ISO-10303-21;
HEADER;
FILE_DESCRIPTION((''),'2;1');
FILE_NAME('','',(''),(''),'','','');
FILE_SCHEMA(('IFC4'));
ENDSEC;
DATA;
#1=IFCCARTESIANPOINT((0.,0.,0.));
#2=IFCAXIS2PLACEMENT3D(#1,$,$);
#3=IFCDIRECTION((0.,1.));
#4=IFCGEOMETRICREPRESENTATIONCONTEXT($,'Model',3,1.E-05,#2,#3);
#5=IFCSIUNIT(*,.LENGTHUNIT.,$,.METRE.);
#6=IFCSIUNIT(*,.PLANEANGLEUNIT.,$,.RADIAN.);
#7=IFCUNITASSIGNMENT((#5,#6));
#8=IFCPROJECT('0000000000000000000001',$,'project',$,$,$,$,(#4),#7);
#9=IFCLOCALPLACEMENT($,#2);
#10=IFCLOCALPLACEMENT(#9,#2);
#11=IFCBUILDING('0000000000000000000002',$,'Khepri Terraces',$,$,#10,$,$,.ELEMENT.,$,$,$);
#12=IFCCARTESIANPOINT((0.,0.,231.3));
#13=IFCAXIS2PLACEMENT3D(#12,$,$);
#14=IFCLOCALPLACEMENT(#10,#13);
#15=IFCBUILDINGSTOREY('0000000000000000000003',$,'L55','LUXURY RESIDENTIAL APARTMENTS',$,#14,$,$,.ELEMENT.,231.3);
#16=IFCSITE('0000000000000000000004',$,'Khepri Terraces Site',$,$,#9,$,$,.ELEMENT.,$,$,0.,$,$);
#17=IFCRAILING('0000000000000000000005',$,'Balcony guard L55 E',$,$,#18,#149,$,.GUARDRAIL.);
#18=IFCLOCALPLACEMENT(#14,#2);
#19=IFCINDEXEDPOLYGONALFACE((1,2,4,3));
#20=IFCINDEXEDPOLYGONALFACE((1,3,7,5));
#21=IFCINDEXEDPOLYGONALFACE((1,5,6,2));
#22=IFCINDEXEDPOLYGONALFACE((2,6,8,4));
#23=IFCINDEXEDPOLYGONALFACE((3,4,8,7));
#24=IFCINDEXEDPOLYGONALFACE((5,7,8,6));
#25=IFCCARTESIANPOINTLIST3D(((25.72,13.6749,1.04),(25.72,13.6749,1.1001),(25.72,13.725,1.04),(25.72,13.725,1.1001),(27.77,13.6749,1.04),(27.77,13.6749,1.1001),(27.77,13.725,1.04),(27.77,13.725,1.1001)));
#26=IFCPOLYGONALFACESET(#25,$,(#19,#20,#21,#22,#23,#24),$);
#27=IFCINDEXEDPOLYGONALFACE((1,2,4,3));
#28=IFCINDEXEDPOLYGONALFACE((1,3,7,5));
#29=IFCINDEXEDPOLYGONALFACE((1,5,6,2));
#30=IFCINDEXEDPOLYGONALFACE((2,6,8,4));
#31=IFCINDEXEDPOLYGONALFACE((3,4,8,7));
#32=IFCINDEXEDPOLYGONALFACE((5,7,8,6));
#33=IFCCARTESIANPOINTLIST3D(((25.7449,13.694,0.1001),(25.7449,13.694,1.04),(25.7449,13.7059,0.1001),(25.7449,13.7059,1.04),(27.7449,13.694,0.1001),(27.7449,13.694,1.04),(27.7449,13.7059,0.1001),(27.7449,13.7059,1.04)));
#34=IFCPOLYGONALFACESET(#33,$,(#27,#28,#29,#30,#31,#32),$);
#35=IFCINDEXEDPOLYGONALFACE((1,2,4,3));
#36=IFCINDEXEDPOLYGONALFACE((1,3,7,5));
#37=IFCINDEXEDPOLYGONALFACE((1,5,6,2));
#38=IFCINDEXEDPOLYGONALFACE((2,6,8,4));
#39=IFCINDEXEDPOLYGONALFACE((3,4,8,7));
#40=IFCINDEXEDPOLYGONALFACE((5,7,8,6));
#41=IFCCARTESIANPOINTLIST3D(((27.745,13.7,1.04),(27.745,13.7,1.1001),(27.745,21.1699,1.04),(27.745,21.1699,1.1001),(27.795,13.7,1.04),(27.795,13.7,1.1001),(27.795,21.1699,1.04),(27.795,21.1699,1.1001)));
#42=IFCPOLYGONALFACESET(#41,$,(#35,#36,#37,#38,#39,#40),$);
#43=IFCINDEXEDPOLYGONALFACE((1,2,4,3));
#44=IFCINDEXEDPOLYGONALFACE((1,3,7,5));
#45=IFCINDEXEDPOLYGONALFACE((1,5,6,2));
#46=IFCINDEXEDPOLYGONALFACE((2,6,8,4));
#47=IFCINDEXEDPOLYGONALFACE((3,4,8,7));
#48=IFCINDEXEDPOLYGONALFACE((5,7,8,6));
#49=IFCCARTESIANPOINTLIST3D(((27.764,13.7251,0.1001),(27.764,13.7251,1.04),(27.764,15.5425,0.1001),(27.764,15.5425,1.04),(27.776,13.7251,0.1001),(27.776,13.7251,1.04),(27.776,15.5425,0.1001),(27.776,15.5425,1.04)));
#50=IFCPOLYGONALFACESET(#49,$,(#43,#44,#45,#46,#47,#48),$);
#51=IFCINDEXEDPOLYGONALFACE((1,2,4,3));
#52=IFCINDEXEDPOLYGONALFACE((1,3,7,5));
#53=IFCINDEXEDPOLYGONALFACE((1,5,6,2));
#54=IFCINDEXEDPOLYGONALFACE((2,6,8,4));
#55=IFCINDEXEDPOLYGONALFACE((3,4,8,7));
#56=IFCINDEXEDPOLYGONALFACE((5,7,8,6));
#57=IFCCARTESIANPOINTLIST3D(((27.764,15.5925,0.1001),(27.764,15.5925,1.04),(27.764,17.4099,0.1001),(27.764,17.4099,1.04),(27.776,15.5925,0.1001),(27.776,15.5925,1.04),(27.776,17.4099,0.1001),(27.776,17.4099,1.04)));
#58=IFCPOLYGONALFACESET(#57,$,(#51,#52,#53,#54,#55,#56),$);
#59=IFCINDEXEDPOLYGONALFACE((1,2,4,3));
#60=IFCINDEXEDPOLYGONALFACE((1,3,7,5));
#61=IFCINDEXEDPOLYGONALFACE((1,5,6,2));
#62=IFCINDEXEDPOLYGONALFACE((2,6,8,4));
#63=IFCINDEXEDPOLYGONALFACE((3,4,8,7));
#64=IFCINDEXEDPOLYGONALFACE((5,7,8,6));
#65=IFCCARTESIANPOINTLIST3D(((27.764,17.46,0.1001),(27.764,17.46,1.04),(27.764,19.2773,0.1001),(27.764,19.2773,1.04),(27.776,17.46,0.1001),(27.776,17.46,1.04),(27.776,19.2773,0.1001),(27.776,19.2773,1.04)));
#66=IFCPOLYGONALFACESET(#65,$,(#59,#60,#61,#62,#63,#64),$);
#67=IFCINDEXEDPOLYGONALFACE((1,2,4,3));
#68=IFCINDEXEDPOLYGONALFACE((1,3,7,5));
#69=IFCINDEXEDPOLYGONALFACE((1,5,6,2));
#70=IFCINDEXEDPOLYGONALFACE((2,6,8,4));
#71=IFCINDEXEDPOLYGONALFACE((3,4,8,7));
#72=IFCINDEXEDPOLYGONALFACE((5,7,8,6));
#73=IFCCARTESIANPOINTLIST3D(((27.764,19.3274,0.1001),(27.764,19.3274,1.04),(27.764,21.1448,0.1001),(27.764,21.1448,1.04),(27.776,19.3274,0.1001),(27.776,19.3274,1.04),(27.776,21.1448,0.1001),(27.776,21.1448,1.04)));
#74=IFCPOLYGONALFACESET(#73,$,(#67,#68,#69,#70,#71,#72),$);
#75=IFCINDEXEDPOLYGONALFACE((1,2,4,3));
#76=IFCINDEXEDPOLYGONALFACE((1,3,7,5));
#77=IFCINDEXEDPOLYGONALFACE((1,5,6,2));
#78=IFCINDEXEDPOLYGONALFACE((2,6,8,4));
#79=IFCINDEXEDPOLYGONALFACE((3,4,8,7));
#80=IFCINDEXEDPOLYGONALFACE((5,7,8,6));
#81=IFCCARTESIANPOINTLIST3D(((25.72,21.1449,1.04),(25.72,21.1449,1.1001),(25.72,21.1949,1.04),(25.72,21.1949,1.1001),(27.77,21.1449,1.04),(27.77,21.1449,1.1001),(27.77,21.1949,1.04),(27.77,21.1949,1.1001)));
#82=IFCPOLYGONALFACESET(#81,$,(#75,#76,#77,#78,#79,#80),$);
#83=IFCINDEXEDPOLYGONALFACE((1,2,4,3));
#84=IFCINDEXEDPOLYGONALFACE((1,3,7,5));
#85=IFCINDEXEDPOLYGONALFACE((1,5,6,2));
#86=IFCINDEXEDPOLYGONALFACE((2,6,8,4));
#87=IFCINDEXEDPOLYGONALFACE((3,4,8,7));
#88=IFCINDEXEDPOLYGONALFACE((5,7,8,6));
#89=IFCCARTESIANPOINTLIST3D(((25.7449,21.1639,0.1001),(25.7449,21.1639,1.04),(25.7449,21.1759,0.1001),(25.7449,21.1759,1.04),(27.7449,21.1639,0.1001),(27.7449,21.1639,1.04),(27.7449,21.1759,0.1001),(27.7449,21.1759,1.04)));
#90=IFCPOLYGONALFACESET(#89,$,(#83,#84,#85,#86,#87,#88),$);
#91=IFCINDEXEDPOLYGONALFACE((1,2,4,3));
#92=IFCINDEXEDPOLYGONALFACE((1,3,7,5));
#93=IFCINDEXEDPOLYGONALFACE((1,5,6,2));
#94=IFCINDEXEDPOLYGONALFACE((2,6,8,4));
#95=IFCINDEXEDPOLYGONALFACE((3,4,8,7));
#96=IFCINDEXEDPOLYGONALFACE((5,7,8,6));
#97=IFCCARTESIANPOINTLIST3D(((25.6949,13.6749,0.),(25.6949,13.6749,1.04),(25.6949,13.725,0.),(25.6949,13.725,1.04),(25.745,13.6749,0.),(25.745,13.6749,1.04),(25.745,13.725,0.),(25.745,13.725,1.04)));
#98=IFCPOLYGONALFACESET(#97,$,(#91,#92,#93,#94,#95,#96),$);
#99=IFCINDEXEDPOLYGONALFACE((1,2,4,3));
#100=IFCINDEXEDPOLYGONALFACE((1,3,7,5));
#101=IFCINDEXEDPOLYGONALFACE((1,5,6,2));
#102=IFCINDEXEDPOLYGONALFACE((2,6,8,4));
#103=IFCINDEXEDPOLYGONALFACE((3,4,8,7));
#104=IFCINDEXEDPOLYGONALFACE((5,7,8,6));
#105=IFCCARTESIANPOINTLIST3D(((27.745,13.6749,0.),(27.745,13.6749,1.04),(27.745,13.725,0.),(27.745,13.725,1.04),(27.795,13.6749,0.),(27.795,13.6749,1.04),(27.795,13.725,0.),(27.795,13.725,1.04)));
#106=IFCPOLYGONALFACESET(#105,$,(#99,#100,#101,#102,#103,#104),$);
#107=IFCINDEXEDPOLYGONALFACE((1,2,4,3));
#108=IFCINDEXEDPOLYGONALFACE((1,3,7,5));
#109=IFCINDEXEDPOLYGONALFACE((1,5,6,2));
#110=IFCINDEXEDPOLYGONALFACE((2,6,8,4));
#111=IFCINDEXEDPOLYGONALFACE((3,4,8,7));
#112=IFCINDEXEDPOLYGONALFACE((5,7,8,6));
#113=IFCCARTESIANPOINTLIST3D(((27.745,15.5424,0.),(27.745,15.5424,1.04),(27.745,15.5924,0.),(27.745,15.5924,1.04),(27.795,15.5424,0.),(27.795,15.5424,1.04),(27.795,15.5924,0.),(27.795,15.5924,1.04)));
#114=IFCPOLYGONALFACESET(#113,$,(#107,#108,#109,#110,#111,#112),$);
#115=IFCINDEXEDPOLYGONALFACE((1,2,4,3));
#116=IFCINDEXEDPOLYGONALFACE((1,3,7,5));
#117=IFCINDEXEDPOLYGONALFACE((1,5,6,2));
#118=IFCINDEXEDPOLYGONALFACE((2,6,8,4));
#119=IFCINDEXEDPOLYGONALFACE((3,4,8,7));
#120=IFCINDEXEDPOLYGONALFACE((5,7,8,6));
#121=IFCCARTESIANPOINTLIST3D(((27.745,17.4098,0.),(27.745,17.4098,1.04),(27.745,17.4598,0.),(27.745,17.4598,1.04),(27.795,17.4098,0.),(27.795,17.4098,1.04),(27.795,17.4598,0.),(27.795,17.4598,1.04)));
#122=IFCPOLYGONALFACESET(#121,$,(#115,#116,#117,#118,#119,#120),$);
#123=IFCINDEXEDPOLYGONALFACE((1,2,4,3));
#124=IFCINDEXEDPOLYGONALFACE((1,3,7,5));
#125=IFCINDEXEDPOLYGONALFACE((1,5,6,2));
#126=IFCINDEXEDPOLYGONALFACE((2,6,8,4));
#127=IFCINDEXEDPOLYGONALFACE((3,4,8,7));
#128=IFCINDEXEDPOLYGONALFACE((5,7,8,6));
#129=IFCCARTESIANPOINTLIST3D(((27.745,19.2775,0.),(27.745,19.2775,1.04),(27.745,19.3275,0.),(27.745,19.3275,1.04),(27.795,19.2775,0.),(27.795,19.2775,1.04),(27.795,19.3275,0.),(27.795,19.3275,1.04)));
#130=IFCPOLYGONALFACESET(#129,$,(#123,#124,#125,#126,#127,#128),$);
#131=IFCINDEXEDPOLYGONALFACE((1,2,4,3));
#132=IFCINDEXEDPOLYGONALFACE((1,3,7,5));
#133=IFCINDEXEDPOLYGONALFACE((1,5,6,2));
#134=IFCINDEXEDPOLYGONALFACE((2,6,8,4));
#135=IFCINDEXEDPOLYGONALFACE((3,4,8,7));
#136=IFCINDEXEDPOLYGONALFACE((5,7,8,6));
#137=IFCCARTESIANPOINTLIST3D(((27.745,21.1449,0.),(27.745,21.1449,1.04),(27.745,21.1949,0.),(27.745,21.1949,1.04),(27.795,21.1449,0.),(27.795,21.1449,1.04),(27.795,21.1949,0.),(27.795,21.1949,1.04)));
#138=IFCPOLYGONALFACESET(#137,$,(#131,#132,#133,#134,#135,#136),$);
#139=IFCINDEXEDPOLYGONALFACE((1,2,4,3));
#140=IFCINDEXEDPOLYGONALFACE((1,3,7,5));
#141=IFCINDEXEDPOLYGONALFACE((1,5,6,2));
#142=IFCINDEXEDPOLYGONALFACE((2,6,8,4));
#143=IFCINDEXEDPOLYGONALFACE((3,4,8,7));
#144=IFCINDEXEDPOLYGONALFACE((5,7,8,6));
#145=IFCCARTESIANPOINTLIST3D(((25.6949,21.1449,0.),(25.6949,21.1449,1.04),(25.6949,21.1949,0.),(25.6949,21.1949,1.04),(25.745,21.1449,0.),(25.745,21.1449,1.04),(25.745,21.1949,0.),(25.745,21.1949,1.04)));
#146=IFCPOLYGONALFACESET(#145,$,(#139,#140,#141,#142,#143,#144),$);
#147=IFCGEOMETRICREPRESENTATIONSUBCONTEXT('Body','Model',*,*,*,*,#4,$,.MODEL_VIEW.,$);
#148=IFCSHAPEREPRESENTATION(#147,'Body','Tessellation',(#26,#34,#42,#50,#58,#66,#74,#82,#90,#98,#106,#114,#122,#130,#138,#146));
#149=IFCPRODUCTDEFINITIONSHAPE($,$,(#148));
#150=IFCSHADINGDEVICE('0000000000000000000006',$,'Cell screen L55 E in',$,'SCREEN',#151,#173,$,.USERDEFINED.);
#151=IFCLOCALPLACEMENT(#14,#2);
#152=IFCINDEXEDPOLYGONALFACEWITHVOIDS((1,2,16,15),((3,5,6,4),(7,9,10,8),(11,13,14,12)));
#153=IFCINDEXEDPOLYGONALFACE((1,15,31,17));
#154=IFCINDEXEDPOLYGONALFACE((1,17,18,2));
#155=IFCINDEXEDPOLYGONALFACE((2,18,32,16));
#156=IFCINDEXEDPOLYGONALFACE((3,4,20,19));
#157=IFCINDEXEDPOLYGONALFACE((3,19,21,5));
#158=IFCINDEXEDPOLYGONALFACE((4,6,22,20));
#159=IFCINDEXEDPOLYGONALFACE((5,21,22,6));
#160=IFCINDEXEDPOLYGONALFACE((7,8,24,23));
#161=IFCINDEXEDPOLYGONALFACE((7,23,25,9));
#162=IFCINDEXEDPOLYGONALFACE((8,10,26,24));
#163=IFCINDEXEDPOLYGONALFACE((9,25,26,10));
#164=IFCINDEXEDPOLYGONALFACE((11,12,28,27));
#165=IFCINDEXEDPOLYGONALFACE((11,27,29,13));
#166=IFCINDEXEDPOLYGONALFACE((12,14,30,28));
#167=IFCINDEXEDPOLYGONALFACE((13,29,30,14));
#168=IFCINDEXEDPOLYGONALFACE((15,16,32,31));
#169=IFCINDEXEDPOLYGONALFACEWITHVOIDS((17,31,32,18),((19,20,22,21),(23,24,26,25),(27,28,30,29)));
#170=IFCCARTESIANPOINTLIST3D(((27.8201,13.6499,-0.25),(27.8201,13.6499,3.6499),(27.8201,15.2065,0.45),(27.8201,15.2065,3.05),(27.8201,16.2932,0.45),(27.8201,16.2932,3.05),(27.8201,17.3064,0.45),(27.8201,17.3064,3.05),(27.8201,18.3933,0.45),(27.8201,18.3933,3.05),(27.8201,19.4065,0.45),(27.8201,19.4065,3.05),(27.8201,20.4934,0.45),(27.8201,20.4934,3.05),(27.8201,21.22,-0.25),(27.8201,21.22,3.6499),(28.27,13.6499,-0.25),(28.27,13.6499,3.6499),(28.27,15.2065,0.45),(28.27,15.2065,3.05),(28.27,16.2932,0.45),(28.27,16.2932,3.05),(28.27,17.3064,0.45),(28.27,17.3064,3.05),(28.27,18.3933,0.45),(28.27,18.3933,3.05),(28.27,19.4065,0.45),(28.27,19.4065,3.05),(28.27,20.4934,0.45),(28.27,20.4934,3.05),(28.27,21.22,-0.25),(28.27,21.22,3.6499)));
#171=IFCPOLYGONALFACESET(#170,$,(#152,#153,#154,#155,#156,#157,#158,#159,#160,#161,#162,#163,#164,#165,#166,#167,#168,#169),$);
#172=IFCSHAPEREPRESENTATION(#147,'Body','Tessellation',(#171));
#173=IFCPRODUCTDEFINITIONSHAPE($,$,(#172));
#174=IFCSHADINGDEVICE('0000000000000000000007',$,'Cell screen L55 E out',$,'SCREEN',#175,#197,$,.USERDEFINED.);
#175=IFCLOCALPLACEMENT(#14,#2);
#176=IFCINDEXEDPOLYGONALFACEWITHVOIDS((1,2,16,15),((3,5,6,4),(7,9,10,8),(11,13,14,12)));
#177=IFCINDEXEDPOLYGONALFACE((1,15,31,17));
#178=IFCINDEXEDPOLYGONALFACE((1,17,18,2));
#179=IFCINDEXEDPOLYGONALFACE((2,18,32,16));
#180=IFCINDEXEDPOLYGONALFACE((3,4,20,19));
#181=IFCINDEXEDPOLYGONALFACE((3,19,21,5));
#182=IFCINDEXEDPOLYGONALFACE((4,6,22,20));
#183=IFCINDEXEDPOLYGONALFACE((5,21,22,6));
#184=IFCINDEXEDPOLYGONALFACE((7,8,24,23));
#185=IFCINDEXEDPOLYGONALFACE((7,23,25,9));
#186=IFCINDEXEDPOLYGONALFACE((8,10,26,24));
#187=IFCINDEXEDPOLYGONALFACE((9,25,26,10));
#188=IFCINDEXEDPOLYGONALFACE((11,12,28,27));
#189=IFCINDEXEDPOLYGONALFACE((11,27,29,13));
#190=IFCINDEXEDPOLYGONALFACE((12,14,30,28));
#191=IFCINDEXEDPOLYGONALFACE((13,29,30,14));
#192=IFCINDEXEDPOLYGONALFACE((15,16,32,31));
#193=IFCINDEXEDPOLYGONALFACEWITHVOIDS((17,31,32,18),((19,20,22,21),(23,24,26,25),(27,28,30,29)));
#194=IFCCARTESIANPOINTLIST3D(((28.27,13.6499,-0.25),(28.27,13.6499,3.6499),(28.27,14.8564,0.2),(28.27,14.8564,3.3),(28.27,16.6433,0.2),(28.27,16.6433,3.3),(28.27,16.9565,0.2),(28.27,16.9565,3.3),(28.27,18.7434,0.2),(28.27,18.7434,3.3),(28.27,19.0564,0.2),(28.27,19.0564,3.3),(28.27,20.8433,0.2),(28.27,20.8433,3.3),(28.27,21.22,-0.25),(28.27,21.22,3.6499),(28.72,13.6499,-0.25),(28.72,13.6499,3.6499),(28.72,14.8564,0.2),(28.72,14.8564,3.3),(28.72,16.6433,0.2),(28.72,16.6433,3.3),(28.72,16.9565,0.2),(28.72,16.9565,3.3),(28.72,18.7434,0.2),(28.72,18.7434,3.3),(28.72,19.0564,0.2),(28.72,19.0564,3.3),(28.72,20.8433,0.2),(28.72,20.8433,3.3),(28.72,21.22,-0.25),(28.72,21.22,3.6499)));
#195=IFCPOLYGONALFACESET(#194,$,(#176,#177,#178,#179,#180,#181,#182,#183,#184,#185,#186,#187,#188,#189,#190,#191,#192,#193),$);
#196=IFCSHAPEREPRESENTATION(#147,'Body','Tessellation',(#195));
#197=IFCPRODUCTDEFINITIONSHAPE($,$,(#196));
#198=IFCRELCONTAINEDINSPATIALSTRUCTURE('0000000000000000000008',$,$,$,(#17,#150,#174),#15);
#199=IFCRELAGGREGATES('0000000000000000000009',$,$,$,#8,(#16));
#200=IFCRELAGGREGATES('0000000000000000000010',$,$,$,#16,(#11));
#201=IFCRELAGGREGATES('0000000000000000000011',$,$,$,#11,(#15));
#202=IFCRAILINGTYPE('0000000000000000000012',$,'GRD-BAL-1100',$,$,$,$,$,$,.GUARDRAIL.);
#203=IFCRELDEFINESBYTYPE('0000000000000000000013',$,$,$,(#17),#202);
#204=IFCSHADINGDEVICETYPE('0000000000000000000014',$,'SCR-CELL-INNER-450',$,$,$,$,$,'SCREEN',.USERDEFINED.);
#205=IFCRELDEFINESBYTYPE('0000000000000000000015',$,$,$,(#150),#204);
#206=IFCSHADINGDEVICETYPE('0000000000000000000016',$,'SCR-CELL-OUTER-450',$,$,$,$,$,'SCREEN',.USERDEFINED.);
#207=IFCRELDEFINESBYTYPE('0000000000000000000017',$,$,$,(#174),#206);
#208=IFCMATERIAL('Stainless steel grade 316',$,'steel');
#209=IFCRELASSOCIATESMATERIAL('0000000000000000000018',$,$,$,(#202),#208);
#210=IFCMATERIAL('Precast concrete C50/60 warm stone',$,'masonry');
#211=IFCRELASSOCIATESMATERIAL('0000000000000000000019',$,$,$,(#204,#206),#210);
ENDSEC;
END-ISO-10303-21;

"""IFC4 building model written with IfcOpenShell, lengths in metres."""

from ifc_helpers import new_model, si_unit, direction, frame, origin, origin_2d, place, context, subcontext, project, spatial, polyline, rectangle, outline, extrude, material, type_object, element, save


model = new_model("IFC4")

# Units and contexts
model_context = context("Model", 3, precision=1e-05, world=origin(), true_north=direction((0.0, 1.0)))
body_context = subcontext(model_context, "Body", "Model", "MODEL_VIEW")
ifc_project = project(units=[si_unit("LENGTHUNIT", "METRE"), si_unit("PLANEANGLEUNIT", "RADIAN")], contexts=[model_context])

# Site, building, storey
site_placement = place(None, origin())
site = spatial("IfcSite", under=ifc_project, at=site_placement, Name="Khepri Terraces Site", CompositionType="ELEMENT", RefElevation=0.0)
building_placement = place(site_placement, origin())
building = spatial("IfcBuilding", under=site, at=building_placement, Name="Khepri Terraces", CompositionType="ELEMENT")
storey_placement = place(building_placement, frame((0.0, 0.0, 231.3)))
storey = spatial("IfcBuildingStorey", under=building, at=storey_placement, Name="L55", Description="LUXURY RESIDENTIAL APARTMENTS", CompositionType="ELEMENT", Elevation=231.3)

# Railing
ifc_material_1 = material(Name="Stainless steel grade 316", Category="steel")
railing_type = type_object("IfcRailingType", Name="GRD-BAL-1100", PredefinedType="GUARDRAIL", material=ifc_material_1)
railing_placement = place(storey_placement, frame((25.72, 13.7, 0.0)))
element("IfcRailing", 1, at=railing_placement, inside=storey, type_object=railing_type, Name="Balcony guard L55 E", PredefinedType="GUARDRAIL", context=body_context, shape_type="SweptSolid", body=[
    extrude(rectangle(XDim=0.05, YDim=0.0601, at=origin_2d()), frame((0.0, 0.0, 1.0701), z_axis=(1.0, 0.0, 0.0), x_axis=(0.0, 1.0, 0.0)), (0.0, 0.0, 1.0), 2.05),
    extrude(rectangle(XDim=2.0, YDim=0.012, at=origin_2d()), frame((1.0249, 0.0, 0.1001), z_axis=(0.0, 0.0, 1.0), x_axis=(1.0, 0.0, 0.0)), (0.0, 0.0, 1.0), 0.9399),
    extrude(rectangle(XDim=0.05, YDim=0.0601, at=origin_2d()), frame((2.05, 0.0, 1.0701), z_axis=(0.0, 1.0, 0.0), x_axis=(-1.0, 0.0, 0.0)), (0.0, 0.0, 1.0), 7.47),
    extrude(rectangle(XDim=1.8174, YDim=0.012, at=origin_2d()), frame((2.05, 0.9338, 0.1001), z_axis=(0.0, 0.0, 1.0), x_axis=(0.0, 1.0, 0.0)), (0.0, 0.0, 1.0), 0.9399),
    extrude(rectangle(XDim=1.8174, YDim=0.012, at=origin_2d()), frame((2.05, 2.8013, 0.1001), z_axis=(0.0, 0.0, 1.0), x_axis=(0.0, 1.0, 0.0)), (0.0, 0.0, 1.0), 0.9399),
    extrude(rectangle(XDim=1.8174, YDim=0.012, at=origin_2d()), frame((2.05, 4.6687, 0.1001), z_axis=(0.0, 0.0, 1.0), x_axis=(0.0, 1.0, 0.0)), (0.0, 0.0, 1.0), 0.9399),
    extrude(rectangle(XDim=1.8174, YDim=0.012, at=origin_2d()), frame((2.05, 6.5361, 0.1001), z_axis=(0.0, 0.0, 1.0), x_axis=(0.0, 1.0, 0.0)), (0.0, 0.0, 1.0), 0.9399),
    extrude(rectangle(XDim=0.05, YDim=0.0601, at=origin_2d()), frame((2.05, 7.47, 1.0701), z_axis=(-1.0, 0.0, 0.0), x_axis=(0.0, -1.0, 0.0)), (0.0, 0.0, 1.0), 2.05),
    extrude(rectangle(XDim=2.0, YDim=0.012, at=origin_2d()), frame((1.0249, 7.47, 0.1001), z_axis=(0.0, 0.0, 1.0), x_axis=(-1.0, 0.0, 0.0)), (0.0, 0.0, 1.0), 0.9399),
    extrude(rectangle(XDim=0.05, YDim=0.05, at=origin_2d()), origin(), (0.0, 0.0, 1.0), 1.04),
    extrude(rectangle(XDim=0.05, YDim=0.05, at=origin_2d()), frame((2.05, 0.0, 0.0)), (0.0, 0.0, 1.0), 1.04),
    extrude(rectangle(XDim=0.05, YDim=0.05, at=origin_2d()), frame((2.05, 1.8674, 0.0)), (0.0, 0.0, 1.0), 1.04),
    extrude(rectangle(XDim=0.05, YDim=0.05, at=origin_2d()), frame((2.05, 3.7349, 0.0)), (0.0, 0.0, 1.0), 1.04),
    extrude(rectangle(XDim=0.05, YDim=0.05, at=origin_2d()), frame((2.05, 5.6025, 0.0)), (0.0, 0.0, 1.0), 1.04),
    extrude(rectangle(XDim=0.05, YDim=0.05, at=origin_2d()), frame((2.05, 7.47, 0.0)), (0.0, 0.0, 1.0), 1.04),
    extrude(rectangle(XDim=0.05, YDim=0.05, at=origin_2d()), frame((0.0, 7.47, 0.0)), (0.0, 0.0, 1.0), 1.04),
])

# Shading devices
ifc_material_2 = material(Name="Precast concrete C50/60 warm stone", Category="masonry")
shading_device_type_1 = type_object("IfcShadingDeviceType", Name="SCR-CELL-INNER-450", ElementType="SCREEN", PredefinedType="USERDEFINED", material=ifc_material_2)
shading_device_1_placement = place(storey_placement, frame((27.8201, 13.6499, -0.25), z_axis=(1.0, 0.0, 0.0), x_axis=(0.0, 1.0, 0.0)))
element("IfcShadingDevice", 2, at=shading_device_1_placement, inside=storey, type_object=shading_device_type_1, Name="Cell screen L55 E in", ObjectType="SCREEN", PredefinedType="USERDEFINED", context=body_context, shape_type="SweptSolid", body=[
    extrude(outline(polyline([(0.0, 0.0), (7.5701, 0.0), (7.5701, 3.8999), (0.0, 3.8999), (0.0, 0.0)]), holes=[polyline([(1.5566, 0.7), (2.6433, 0.7), (2.6433, 3.3), (1.5566, 3.3), (1.5566, 0.7)]), polyline([(3.6565, 0.7), (4.7434, 0.7), (4.7434, 3.3), (3.6565, 3.3), (3.6565, 0.7)]), polyline([(5.7566, 0.7), (6.8435, 0.7), (6.8435, 3.3), (5.7566, 3.3), (5.7566, 0.7)])]), origin(), (0.0, 0.0, 1.0), 0.45),
])
shading_device_type_2 = type_object("IfcShadingDeviceType", Name="SCR-CELL-OUTER-450", ElementType="SCREEN", PredefinedType="USERDEFINED", material=ifc_material_2)
shading_device_2_placement = place(storey_placement, frame((28.27, 13.6499, -0.25), z_axis=(1.0, 0.0, 0.0), x_axis=(0.0, 1.0, 0.0)))
element("IfcShadingDevice", 3, at=shading_device_2_placement, inside=storey, type_object=shading_device_type_2, Name="Cell screen L55 E out", ObjectType="SCREEN", PredefinedType="USERDEFINED", context=body_context, shape_type="SweptSolid", body=[
    extrude(outline(polyline([(0.0, 0.0), (7.5701, 0.0), (7.5701, 3.8999), (0.0, 3.8999), (0.0, 0.0)]), holes=[polyline([(1.2065, 0.45), (2.9934, 0.45), (2.9934, 3.55), (1.2065, 3.55), (1.2065, 0.45)]), polyline([(3.3066, 0.45), (5.0935, 0.45), (5.0935, 3.55), (3.3066, 3.55), (3.3066, 0.45)]), polyline([(5.4065, 0.45), (7.1934, 0.45), (7.1934, 3.55), (5.4065, 3.55), (5.4065, 0.45)])]), origin(), (0.0, 0.0, 1.0), 0.45),
])

save(model, "model.ifc")
